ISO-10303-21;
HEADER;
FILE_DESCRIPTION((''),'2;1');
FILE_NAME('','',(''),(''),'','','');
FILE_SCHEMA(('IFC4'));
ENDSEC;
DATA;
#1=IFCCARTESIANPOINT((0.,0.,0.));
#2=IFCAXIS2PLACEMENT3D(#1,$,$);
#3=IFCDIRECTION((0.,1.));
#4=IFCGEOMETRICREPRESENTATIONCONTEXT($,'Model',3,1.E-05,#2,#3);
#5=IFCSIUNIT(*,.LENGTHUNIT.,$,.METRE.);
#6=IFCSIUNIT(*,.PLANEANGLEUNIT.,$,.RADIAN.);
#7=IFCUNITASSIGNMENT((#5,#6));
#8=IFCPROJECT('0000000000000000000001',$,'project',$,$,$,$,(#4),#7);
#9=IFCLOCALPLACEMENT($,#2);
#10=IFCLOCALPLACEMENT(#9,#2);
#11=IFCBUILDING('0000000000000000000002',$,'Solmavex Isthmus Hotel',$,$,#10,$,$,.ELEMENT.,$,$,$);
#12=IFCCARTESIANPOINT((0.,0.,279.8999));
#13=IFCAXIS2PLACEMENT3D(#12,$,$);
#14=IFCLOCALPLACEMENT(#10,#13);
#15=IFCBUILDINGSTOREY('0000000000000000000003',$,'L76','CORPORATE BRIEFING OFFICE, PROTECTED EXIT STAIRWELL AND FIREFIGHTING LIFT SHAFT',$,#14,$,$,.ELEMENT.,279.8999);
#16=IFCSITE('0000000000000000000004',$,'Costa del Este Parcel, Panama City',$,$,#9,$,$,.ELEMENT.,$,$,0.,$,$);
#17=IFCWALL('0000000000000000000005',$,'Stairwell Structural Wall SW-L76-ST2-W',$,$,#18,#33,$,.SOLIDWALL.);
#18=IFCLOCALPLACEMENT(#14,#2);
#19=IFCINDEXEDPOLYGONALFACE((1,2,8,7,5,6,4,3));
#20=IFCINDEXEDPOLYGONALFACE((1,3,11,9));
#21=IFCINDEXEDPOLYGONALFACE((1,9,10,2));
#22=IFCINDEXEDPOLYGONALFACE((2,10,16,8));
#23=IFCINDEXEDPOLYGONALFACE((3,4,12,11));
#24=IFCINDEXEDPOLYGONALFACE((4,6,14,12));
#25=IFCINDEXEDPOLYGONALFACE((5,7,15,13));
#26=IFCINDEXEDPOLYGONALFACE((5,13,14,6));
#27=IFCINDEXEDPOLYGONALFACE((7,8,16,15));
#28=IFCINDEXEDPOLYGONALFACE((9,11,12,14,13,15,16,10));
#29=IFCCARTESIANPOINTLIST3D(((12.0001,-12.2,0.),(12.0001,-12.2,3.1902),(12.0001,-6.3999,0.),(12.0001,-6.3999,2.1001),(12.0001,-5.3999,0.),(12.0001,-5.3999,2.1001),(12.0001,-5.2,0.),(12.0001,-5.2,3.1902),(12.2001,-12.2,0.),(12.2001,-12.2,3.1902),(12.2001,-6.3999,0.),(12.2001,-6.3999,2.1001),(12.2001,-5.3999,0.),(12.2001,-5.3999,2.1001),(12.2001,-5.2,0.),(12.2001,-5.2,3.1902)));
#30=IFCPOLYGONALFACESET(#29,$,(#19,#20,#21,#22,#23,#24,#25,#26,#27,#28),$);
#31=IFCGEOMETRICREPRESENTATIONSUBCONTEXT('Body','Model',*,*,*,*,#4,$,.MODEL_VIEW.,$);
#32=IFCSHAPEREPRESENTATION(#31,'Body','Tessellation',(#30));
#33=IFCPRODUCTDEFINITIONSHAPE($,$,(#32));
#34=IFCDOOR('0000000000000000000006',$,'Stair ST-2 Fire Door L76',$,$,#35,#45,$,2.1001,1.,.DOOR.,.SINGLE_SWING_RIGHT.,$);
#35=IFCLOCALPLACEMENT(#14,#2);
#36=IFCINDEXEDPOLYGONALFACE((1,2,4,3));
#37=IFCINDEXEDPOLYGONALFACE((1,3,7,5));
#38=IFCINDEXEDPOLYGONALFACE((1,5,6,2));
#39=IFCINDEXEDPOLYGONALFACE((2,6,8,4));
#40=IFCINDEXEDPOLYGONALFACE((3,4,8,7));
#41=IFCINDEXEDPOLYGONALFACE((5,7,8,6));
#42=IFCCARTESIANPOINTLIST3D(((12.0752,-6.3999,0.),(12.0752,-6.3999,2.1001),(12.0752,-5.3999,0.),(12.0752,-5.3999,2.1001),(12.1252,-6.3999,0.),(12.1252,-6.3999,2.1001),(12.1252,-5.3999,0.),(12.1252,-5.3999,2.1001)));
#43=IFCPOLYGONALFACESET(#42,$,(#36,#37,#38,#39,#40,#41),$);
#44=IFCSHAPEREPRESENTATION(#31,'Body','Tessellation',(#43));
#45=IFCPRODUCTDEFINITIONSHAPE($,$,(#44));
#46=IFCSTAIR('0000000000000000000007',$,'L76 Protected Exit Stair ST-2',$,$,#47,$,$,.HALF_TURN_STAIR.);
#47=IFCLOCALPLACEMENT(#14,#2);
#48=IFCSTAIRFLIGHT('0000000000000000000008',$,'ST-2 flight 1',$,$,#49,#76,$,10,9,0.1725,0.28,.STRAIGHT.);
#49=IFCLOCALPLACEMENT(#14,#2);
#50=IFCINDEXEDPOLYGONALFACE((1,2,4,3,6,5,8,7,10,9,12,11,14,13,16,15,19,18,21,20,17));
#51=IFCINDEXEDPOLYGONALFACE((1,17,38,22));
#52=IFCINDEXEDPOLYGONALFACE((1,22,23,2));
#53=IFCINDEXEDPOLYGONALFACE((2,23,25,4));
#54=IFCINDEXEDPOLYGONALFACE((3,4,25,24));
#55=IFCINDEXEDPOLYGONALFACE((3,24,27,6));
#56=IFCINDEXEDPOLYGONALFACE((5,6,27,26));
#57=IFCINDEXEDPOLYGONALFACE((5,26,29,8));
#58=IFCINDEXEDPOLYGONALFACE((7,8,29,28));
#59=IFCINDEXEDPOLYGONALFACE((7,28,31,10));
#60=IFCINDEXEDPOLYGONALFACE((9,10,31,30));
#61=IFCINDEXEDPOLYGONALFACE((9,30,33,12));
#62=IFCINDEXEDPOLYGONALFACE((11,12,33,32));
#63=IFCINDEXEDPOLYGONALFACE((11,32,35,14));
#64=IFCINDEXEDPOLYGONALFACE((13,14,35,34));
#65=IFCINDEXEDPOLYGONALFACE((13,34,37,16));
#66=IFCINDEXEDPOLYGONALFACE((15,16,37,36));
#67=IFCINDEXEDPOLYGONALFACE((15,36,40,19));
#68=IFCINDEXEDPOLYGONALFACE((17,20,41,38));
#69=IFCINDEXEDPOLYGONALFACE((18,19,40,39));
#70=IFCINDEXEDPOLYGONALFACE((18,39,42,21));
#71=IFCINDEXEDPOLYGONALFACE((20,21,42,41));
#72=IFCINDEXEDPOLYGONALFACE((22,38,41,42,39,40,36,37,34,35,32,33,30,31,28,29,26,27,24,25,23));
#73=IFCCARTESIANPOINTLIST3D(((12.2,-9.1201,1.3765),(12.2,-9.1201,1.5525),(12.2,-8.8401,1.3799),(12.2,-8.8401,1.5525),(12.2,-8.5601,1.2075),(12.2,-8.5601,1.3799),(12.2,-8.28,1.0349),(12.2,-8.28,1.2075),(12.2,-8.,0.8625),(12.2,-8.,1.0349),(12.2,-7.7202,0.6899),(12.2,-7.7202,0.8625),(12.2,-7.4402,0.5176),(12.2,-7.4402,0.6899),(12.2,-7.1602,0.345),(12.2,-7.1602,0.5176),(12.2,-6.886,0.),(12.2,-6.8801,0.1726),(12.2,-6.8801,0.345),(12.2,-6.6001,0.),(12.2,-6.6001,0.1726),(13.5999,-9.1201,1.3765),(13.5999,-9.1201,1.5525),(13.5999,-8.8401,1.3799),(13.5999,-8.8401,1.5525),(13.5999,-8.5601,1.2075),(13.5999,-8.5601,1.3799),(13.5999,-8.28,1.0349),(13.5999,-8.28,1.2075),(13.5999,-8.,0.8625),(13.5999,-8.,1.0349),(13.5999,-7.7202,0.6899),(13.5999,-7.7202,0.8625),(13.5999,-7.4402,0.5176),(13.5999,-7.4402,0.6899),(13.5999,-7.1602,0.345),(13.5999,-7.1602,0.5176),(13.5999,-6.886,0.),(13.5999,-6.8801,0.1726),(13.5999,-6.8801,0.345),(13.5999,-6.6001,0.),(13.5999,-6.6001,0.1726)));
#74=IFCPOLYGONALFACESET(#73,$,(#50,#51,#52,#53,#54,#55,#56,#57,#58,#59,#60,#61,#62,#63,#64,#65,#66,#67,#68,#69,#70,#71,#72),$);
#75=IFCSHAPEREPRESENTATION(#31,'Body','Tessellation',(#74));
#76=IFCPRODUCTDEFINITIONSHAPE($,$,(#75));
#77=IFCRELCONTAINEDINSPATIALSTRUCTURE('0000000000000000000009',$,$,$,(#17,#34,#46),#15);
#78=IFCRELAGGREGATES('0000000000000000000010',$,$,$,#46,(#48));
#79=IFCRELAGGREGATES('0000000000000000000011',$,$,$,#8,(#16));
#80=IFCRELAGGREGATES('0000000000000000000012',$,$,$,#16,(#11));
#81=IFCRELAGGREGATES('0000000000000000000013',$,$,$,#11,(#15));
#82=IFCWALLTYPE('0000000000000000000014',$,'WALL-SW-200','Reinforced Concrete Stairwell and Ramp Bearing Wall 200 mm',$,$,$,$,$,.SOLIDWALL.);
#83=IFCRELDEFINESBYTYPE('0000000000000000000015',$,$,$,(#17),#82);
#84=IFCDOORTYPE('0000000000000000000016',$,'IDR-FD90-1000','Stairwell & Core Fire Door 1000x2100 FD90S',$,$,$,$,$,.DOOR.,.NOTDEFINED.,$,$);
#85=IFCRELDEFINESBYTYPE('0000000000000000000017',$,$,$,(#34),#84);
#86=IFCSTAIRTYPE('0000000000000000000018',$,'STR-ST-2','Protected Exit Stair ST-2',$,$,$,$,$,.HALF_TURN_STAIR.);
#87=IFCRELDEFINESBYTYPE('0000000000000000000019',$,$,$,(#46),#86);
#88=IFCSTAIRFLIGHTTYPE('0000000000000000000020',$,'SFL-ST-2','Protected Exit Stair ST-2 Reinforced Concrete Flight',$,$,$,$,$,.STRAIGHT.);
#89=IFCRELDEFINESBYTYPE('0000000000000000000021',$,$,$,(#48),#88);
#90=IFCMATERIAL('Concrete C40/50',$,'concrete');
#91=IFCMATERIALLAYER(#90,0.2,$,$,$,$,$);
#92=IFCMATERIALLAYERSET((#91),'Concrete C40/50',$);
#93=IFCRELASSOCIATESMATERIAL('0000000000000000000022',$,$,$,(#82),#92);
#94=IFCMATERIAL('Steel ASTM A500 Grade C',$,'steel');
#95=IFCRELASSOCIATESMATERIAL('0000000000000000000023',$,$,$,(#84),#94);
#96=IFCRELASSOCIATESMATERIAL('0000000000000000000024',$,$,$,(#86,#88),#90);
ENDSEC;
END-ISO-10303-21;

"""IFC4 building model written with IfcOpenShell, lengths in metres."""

from ifc_helpers import new_model, si_unit, direction, frame, frame_2d, origin, place, context, subcontext, project, spatial, polyline, rectangle, outline, extrude, material, layer, layer_set, type_object, element, fill, aggregate, save


model = new_model("IFC4")

# Units and contexts
model_context = context("Model", 3, precision=1e-05, world=origin(), true_north=direction((0.0, 1.0)))
body_context = subcontext(model_context, "Body", "Model", "MODEL_VIEW")
ifc_project = project(units=[si_unit("LENGTHUNIT", "METRE"), si_unit("PLANEANGLEUNIT", "RADIAN")], contexts=[model_context])

# Site, building, storey
site_placement = place(None, origin())
site = spatial("IfcSite", under=ifc_project, at=site_placement, Name="Costa del Este Parcel, Panama City", CompositionType="ELEMENT", RefElevation=0.0)
building_placement = place(site_placement, origin())
building = spatial("IfcBuilding", under=site, at=building_placement, Name="Solmavex Isthmus Hotel", CompositionType="ELEMENT")
storey_placement = place(building_placement, frame((0.0, 0.0, 279.8999)))
storey = spatial("IfcBuildingStorey", under=building, at=storey_placement, Name="L76", Description="CORPORATE BRIEFING OFFICE, PROTECTED EXIT STAIRWELL AND FIREFIGHTING LIFT SHAFT", CompositionType="ELEMENT", Elevation=279.8999)

# Shared definitions
ifc_material_1 = material(Name="Concrete C40/50", Category="concrete")

# Shared definitions
ifc_material_2 = material(Name="Steel ASTM A500 Grade C", Category="steel")

# Shared definitions
ifc_layer_1 = layer(ifc_material_1, 0.2)
ifc_layer_set_1 = layer_set([ifc_layer_1], Name="Concrete C40/50")
wall_type_1 = type_object("IfcWallType", Name="WALL-SW-200", Description="Reinforced Concrete Stairwell and Ramp Bearing Wall 200 mm", PredefinedType="SOLIDWALL", material=ifc_layer_set_1)

# Wall, opening, door
wall_1_placement = place(storey_placement, frame((12.1001, -12.2, 0.0), z_axis=(0.0, 0.0, 1.0), x_axis=(0.0, 1.0, 0.0)))
wall_1 = element("IfcWall", 1, at=wall_1_placement, inside=storey, type_object=wall_type_1, Name="Stairwell Structural Wall SW-L76-ST2-W", PredefinedType="SOLIDWALL", context=body_context, shape_type="SweptSolid", body=[
    extrude(rectangle(XDim=7.0, YDim=0.2, at=frame_2d((3.5, 0.0))), origin(), (0.0, 0.0, 1.0), 3.1902),
])
opening_1_placement = place(wall_1_placement, frame((5.8, 0.0, 0.0)))
opening_1 = element("IfcOpeningElement", 2, at=opening_1_placement, cuts=wall_1, PredefinedType="OPENING", context=body_context, shape_type="SweptSolid", body=[
    extrude(rectangle(XDim=1.0, YDim=2.1001, at=frame_2d((0.5, 1.05))), frame((0.0, 0.1099, 0.0), z_axis=(0.0, -1.0, 0.0), x_axis=(1.0, 0.0, 0.0)), (0.0, 0.0, 1.0), 0.22),
])
door_type_1 = type_object("IfcDoorType", Name="IDR-FD90-1000", Description="Stairwell & Core Fire Door 1000x2100 FD90S", OperationType="NOTDEFINED", PredefinedType="DOOR", material=ifc_material_2)
door_1_placement = place(opening_1_placement, origin())
door_1 = element("IfcDoor", 3, at=door_1_placement, inside=storey, type_object=door_type_1, Name="Stair ST-2 Fire Door L76", OperationType="SINGLE_SWING_RIGHT", OverallHeight=2.1001, OverallWidth=1.0, PredefinedType="DOOR", context=body_context, shape_type="SweptSolid", body=[
    extrude(rectangle(XDim=1.0, YDim=2.1001, at=frame_2d((0.5, 1.05))), frame((0.0, 0.0249, 0.0), z_axis=(0.0, -1.0, 0.0), x_axis=(1.0, 0.0, 0.0)), (0.0, 0.0, 1.0), 0.05),
])
fill(opening_1, door_1)

# Stair, stair flight
stair_type = type_object("IfcStairType", Name="STR-ST-2", Description="Protected Exit Stair ST-2", PredefinedType="HALF_TURN_STAIR", material=ifc_material_1)
stair_placement = place(storey_placement, origin())
stair = element("IfcStair", 4, at=stair_placement, inside=storey, type_object=stair_type, Name="L76 Protected Exit Stair ST-2", PredefinedType="HALF_TURN_STAIR")
stair_flight_type = type_object("IfcStairFlightType", Name="SFL-ST-2", Description="Protected Exit Stair ST-2 Reinforced Concrete Flight", PredefinedType="STRAIGHT", material=ifc_material_1)
stair_flight_placement = place(storey_placement, frame((12.8999, -6.6001, 0.0), z_axis=(0.0, 0.0, 1.0), x_axis=(0.0, -1.0, 0.0)))
stair_flight = element("IfcStairFlight", 5, at=stair_flight_placement, type_object=stair_flight_type, Name="ST-2 flight 1", NumberOfRisers=10, NumberOfTreads=9, PredefinedType="STRAIGHT", RiserHeight=0.1725, TreadLength=0.28, context=body_context, shape_type="SweptSolid", body=[
    extrude(outline(polyline([(0.0, 0.0), (0.0, 0.1726), (0.28, 0.1726), (0.28, 0.345), (0.5601, 0.345), (0.5601, 0.5176), (0.8401, 0.5176), (0.8401, 0.6899), (1.1201, 0.6899), (1.1201, 0.8625), (1.3999, 0.8625), (1.3999, 1.0349), (1.6799, 1.0349), (1.6799, 1.2075), (1.96, 1.2075), (1.96, 1.3799), (2.24, 1.3799), (2.24, 1.5525), (2.52, 1.5525), (2.52, 1.7251), (2.52, 1.3765), (0.2859, 0.0), (0.0, 0.0)])), frame((0.0, 0.7, 0.0), z_axis=(0.0, -1.0, 0.0), x_axis=(1.0, 0.0, 0.0)), (0.0, 0.0, 1.0), 1.3999),
])
aggregate(stair, [stair_flight])

save(model, "model.ifc")
